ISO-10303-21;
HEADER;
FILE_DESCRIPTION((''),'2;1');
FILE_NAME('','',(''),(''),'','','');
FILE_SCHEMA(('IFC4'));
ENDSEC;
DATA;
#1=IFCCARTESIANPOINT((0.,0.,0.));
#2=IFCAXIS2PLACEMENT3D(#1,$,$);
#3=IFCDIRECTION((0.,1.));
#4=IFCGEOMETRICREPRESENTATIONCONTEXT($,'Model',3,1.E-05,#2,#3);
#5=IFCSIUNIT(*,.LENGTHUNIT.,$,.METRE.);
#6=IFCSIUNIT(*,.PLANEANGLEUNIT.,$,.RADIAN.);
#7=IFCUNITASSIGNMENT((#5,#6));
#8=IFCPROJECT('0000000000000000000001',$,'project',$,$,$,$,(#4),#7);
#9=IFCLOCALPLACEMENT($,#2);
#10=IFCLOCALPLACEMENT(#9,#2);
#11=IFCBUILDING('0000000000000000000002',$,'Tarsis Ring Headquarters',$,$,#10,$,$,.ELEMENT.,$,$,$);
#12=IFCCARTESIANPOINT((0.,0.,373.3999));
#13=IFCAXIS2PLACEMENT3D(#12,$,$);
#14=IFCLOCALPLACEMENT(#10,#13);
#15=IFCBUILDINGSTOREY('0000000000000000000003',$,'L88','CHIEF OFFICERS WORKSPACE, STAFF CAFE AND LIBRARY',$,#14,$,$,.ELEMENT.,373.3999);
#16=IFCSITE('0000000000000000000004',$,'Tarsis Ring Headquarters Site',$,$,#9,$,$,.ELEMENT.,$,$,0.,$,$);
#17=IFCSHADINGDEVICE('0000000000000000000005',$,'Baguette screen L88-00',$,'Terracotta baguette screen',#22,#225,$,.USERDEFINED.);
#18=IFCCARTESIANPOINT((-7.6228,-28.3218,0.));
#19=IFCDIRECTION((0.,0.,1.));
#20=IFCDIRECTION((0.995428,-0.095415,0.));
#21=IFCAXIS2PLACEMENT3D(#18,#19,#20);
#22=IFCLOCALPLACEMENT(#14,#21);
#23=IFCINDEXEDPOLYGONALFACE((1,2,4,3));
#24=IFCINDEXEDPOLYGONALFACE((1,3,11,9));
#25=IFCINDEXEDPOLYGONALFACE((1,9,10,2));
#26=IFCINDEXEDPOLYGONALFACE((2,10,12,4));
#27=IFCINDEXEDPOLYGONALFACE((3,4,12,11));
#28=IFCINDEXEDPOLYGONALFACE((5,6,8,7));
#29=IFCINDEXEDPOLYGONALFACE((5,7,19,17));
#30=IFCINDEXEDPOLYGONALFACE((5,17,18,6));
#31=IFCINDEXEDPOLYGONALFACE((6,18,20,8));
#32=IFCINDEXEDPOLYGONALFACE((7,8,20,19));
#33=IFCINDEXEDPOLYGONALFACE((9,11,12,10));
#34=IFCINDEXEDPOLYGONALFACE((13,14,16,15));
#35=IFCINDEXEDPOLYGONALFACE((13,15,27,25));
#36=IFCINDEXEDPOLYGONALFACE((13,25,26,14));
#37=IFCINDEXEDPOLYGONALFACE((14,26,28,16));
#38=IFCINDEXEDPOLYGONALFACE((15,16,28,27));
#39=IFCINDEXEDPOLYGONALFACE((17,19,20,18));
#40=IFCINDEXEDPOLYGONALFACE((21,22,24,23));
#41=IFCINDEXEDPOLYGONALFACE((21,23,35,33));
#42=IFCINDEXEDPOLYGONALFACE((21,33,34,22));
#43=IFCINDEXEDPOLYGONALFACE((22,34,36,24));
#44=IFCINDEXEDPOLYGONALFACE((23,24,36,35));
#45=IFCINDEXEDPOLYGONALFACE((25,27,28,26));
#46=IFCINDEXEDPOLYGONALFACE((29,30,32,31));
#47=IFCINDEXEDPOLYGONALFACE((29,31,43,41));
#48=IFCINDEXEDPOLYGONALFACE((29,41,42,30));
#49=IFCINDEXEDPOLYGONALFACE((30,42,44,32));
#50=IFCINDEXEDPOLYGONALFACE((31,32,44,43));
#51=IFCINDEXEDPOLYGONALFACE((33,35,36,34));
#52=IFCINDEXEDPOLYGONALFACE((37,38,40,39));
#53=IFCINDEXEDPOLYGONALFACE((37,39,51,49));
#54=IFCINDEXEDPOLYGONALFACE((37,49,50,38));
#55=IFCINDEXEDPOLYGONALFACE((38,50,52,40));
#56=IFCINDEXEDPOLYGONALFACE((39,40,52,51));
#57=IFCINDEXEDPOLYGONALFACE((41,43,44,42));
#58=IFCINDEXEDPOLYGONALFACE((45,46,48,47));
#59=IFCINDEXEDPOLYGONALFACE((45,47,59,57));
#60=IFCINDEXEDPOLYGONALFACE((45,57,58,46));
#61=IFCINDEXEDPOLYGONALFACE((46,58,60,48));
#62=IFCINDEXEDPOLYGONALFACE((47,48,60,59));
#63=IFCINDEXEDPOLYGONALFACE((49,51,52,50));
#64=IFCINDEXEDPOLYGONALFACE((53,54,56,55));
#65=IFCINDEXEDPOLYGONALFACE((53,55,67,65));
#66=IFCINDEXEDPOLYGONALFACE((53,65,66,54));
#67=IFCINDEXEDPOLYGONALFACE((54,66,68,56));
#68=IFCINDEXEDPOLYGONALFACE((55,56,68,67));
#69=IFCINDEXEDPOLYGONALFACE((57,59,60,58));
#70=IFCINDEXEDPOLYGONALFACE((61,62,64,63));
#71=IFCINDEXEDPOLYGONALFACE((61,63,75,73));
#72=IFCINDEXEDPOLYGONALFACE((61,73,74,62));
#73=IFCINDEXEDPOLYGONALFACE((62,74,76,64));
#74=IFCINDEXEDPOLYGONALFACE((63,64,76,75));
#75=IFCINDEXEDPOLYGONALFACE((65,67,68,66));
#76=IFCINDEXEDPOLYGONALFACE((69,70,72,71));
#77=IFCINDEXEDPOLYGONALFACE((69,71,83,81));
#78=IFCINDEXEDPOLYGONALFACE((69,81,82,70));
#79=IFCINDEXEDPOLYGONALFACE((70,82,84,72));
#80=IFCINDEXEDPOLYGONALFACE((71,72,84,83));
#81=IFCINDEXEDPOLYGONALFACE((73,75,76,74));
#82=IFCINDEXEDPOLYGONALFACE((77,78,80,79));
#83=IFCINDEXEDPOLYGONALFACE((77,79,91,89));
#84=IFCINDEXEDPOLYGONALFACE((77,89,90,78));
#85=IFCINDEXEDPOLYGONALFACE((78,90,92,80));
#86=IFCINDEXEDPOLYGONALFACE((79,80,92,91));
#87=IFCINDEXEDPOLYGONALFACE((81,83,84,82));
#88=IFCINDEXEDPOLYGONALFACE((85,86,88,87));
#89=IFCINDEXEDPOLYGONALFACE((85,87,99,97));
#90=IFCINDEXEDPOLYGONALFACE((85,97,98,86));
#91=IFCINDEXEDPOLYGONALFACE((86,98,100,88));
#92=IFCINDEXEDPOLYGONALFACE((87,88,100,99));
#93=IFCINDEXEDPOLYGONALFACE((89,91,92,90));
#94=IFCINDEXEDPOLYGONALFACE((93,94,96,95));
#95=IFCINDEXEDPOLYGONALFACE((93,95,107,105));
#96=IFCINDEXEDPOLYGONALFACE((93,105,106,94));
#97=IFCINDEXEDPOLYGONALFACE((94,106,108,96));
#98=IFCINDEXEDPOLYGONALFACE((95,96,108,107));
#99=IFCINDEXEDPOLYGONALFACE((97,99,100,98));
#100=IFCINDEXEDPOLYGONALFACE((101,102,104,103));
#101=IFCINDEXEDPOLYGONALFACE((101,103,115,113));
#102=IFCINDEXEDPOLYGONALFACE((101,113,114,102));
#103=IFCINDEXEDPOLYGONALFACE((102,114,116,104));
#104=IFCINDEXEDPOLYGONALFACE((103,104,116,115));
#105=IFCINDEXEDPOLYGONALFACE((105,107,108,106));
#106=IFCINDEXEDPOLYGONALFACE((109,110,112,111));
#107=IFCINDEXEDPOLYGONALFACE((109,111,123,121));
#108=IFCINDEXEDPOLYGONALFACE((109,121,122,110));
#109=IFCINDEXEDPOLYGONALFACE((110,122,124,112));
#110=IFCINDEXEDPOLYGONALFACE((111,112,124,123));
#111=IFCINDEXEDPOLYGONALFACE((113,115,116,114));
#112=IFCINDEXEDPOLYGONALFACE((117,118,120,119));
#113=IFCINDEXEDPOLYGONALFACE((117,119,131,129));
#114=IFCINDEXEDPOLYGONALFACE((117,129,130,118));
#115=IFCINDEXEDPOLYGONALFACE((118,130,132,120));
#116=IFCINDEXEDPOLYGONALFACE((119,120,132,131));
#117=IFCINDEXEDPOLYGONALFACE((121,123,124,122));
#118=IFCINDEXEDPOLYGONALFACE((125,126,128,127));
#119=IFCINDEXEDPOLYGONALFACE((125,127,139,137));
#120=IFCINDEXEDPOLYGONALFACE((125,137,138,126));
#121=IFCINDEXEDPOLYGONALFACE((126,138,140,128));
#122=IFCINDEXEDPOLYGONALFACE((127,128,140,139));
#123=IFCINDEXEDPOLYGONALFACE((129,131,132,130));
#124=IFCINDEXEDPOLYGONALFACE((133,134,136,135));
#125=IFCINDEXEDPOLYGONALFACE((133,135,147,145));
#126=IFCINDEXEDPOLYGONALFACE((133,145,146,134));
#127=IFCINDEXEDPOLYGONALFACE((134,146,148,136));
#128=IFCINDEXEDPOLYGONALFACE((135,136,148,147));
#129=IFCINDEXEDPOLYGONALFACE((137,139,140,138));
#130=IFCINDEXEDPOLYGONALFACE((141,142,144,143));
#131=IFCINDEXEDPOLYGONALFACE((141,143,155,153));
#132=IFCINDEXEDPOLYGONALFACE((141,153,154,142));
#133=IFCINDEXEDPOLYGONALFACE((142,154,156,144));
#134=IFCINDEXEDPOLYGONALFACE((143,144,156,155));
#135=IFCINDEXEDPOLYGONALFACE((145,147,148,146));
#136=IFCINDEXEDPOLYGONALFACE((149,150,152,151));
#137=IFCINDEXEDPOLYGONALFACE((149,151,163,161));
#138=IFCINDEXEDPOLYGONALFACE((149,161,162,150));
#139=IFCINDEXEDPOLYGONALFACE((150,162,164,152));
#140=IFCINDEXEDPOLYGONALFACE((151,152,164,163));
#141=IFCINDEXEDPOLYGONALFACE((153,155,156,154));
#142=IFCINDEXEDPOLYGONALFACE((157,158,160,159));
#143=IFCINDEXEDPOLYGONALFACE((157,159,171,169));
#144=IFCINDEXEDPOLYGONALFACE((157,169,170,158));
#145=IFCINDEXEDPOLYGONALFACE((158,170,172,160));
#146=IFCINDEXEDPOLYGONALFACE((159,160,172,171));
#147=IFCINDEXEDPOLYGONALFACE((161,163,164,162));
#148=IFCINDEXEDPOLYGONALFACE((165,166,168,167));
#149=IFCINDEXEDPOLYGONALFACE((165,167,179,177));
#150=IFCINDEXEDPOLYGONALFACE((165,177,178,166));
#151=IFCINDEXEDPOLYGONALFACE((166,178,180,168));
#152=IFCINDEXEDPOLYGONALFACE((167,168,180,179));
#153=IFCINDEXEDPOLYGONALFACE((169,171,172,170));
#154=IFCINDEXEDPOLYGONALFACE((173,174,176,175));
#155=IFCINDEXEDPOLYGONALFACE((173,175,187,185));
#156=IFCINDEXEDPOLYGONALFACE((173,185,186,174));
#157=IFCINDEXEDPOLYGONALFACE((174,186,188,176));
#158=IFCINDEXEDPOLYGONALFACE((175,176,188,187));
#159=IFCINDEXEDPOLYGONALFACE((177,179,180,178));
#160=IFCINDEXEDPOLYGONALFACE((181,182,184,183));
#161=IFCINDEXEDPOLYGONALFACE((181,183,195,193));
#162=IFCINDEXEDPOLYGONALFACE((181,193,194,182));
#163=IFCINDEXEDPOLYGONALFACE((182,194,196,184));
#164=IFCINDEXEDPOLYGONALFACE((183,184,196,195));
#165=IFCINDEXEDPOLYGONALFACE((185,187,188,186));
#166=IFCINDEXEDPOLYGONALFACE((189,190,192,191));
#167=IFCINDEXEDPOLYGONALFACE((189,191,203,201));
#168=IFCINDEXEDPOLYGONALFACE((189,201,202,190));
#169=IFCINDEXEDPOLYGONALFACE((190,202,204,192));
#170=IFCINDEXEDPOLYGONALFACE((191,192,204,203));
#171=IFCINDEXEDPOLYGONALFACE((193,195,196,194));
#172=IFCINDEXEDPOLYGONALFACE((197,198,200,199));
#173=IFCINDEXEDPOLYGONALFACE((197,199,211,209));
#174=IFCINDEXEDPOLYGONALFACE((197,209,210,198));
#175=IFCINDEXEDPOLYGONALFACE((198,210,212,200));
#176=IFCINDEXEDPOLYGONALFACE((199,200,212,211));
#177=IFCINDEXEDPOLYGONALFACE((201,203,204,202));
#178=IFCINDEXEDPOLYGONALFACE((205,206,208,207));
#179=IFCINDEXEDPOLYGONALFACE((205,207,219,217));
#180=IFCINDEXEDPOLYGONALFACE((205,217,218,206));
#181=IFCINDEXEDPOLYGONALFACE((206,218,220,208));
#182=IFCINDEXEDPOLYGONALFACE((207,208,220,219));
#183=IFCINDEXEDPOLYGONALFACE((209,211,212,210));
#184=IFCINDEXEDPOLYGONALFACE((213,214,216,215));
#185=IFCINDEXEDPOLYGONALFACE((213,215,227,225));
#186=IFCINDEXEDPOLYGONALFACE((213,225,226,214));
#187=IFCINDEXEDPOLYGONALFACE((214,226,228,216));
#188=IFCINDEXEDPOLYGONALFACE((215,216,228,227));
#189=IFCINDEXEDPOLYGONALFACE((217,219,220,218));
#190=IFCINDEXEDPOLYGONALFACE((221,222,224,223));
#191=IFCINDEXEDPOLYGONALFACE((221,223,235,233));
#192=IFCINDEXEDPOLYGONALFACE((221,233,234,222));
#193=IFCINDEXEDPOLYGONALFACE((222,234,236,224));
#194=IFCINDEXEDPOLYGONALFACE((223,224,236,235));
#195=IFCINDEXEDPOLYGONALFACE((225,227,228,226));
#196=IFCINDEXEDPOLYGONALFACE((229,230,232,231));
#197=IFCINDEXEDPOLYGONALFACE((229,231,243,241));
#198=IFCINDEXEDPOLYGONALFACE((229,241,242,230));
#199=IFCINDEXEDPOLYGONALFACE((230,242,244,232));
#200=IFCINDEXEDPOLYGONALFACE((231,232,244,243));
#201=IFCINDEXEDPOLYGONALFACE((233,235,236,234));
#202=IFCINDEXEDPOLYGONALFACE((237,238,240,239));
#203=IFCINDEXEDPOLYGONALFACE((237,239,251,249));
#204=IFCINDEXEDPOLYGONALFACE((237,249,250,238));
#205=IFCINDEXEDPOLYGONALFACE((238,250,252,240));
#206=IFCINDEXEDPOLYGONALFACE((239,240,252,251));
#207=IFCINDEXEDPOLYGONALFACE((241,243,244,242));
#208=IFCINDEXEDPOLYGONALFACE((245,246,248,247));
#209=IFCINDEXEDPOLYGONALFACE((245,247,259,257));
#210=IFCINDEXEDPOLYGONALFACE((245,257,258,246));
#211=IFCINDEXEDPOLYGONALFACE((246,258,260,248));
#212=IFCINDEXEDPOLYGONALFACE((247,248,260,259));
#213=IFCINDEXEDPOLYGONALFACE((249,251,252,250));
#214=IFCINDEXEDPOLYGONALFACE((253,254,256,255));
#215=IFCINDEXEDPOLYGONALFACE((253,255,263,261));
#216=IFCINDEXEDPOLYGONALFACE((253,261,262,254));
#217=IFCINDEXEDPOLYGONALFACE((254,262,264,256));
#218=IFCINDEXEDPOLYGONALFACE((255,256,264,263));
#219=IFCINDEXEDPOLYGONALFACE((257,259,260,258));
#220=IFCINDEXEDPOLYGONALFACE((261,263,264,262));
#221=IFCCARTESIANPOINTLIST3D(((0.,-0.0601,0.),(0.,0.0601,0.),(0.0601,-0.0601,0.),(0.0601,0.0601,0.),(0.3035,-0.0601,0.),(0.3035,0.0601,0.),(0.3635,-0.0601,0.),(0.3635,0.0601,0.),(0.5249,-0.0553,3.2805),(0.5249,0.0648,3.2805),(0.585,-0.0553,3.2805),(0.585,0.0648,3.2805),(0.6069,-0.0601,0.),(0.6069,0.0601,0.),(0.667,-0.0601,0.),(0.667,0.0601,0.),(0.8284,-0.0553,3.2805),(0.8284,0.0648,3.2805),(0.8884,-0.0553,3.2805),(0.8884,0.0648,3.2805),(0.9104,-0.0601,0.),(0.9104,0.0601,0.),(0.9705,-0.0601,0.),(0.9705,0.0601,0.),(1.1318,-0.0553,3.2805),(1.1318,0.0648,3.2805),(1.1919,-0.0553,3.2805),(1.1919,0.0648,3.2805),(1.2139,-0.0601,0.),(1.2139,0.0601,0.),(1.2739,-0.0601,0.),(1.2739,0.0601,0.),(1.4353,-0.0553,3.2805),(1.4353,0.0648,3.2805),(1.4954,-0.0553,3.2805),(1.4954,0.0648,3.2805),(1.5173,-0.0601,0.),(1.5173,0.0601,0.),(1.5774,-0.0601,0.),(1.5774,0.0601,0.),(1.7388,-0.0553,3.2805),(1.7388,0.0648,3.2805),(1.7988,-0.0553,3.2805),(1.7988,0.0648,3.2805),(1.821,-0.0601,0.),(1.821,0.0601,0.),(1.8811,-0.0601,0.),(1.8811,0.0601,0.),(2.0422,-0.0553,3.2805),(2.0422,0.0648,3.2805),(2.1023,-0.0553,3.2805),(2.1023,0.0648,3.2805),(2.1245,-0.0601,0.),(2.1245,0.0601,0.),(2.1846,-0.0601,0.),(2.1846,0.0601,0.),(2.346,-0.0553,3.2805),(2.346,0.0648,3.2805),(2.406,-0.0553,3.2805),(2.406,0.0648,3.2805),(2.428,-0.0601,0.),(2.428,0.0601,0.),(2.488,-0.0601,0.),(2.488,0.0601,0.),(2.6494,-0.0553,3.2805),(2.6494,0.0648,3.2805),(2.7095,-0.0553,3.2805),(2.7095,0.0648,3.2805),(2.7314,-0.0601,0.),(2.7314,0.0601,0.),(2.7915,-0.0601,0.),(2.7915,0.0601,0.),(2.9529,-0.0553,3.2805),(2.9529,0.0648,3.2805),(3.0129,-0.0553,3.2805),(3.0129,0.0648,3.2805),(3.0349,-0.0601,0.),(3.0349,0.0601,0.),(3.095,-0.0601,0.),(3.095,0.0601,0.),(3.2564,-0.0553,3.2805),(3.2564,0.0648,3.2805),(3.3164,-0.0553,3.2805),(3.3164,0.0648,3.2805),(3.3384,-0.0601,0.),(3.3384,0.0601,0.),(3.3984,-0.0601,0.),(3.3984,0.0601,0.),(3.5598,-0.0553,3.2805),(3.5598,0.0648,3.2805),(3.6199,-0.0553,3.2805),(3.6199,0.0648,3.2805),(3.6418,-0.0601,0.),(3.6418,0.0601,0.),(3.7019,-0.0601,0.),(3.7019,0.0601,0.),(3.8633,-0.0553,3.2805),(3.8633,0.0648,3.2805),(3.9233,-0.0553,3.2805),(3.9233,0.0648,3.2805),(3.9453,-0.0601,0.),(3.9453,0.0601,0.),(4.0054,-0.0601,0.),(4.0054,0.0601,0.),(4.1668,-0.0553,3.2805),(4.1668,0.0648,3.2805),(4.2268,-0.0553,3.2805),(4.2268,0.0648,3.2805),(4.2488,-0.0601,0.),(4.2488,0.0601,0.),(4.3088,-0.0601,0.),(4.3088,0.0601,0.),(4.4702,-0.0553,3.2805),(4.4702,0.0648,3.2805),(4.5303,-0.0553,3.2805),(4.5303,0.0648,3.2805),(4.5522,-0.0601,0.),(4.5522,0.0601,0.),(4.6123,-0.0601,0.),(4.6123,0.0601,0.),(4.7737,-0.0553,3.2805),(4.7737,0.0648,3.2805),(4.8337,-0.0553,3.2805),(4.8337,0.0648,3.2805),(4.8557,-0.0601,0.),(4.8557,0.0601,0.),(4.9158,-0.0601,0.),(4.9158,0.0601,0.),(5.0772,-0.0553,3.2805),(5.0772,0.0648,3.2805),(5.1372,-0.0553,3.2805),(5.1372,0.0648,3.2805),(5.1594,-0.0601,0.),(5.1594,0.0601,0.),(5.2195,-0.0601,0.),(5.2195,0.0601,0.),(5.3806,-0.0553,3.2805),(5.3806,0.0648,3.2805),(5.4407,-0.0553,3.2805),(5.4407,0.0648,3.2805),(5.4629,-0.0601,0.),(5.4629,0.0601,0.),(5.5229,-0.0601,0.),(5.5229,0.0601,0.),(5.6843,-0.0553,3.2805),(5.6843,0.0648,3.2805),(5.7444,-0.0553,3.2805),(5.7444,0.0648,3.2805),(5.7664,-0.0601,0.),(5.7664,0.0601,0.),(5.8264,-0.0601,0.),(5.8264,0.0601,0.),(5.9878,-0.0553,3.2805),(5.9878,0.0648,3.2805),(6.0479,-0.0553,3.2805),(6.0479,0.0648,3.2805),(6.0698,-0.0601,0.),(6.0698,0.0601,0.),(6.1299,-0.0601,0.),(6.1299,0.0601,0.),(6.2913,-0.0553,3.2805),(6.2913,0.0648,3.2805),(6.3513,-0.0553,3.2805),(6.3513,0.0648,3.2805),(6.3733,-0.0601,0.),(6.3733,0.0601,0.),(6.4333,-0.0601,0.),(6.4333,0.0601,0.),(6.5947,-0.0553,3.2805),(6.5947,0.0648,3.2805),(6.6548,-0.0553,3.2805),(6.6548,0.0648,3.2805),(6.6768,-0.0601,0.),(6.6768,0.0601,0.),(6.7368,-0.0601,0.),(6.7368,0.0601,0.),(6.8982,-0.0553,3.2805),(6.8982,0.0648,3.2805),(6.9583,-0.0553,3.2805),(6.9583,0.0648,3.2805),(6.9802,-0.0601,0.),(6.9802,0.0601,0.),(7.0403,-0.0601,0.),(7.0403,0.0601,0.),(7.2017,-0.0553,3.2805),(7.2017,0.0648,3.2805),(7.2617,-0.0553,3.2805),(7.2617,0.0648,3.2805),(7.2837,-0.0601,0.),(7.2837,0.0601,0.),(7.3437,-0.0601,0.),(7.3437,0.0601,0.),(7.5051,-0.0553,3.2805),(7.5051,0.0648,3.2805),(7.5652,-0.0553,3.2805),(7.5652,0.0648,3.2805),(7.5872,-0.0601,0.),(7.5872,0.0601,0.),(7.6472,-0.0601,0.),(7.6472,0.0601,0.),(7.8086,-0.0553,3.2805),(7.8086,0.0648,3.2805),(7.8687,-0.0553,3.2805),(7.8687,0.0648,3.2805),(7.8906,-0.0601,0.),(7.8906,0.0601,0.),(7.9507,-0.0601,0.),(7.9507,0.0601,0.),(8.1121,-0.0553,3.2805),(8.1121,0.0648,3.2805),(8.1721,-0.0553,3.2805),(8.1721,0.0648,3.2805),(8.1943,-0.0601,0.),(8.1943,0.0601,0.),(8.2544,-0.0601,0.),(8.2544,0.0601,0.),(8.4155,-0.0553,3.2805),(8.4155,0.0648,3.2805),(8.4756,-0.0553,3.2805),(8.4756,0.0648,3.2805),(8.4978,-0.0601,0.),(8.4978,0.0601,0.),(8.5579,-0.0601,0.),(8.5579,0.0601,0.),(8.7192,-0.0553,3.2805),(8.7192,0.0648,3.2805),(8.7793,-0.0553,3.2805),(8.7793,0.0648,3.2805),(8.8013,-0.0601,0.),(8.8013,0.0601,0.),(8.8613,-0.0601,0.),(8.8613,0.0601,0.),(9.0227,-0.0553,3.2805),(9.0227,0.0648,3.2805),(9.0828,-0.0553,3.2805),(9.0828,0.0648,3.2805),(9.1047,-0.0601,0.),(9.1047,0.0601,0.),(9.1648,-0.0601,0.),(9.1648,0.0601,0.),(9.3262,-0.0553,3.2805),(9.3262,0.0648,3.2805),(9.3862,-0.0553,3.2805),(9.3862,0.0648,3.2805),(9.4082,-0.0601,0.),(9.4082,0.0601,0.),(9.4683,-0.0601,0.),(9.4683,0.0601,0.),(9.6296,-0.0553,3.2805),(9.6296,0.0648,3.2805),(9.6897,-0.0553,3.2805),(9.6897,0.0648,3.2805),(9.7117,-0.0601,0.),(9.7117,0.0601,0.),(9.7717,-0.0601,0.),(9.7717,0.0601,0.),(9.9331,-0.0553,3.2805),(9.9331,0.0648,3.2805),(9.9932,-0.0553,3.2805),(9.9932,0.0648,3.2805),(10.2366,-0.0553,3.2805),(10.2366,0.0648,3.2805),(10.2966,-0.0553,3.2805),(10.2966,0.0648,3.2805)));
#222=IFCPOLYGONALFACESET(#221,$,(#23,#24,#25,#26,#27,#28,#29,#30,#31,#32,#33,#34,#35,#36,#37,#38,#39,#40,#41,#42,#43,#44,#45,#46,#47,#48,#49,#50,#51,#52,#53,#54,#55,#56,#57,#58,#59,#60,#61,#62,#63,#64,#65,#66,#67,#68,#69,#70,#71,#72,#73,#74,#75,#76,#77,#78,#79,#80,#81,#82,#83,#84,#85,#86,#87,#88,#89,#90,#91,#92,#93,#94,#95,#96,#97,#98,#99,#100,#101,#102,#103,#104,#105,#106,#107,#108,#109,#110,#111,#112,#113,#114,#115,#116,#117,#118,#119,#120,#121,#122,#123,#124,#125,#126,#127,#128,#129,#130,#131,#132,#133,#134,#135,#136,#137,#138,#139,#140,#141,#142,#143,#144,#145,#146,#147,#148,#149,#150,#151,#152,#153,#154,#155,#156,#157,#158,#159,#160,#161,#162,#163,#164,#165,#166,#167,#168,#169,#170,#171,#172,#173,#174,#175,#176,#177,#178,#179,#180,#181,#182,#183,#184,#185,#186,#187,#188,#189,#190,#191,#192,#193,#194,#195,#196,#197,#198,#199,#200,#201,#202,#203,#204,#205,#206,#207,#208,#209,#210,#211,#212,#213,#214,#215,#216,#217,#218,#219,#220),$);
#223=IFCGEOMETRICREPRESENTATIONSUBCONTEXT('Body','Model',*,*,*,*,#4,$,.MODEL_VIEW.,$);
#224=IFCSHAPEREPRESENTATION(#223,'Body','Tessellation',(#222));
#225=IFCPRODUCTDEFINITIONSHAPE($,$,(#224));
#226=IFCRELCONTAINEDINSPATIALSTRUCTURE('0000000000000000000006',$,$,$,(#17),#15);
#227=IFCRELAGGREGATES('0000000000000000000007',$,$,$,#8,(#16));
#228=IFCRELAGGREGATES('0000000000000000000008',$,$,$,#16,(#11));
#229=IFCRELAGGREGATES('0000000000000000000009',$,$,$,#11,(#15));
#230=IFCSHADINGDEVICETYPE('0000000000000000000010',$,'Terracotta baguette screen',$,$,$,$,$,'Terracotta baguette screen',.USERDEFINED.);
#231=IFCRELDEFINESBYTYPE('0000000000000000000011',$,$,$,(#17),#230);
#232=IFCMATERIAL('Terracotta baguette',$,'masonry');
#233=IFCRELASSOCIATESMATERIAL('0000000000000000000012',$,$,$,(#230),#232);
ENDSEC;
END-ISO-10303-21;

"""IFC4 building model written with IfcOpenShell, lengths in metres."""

from ifc_helpers import new_model, si_unit, direction, frame, frame_2d, origin, place, context, subcontext, project, spatial, rectangle, composite_profile, extrude, material, type_object, element, save


model = new_model("IFC4")

# Units and contexts
model_context = context("Model", 3, precision=1e-05, world=origin(), true_north=direction((0.0, 1.0)))
body_context = subcontext(model_context, "Body", "Model", "MODEL_VIEW")
ifc_project = project(units=[si_unit("LENGTHUNIT", "METRE"), si_unit("PLANEANGLEUNIT", "RADIAN")], contexts=[model_context])

# Site, building, storey
site_placement = place(None, origin())
site = spatial("IfcSite", under=ifc_project, at=site_placement, Name="Tarsis Ring Headquarters Site", CompositionType="ELEMENT", RefElevation=0.0)
building_placement = place(site_placement, origin())
building = spatial("IfcBuilding", under=site, at=building_placement, Name="Tarsis Ring Headquarters", CompositionType="ELEMENT")
storey_placement = place(building_placement, frame((0.0, 0.0, 373.3999)))
storey = spatial("IfcBuildingStorey", under=building, at=storey_placement, Name="L88", Description="CHIEF OFFICERS WORKSPACE, STAFF CAFE AND LIBRARY", CompositionType="ELEMENT", Elevation=373.3999)

# Shading device
ifc_material_1 = material(Name="Terracotta baguette", Category="masonry")
shading_device_type = type_object("IfcShadingDeviceType", Name="Terracotta baguette screen", ElementType="Terracotta baguette screen", PredefinedType="USERDEFINED", material=ifc_material_1)
shading_device_1_placement = place(storey_placement, frame((-7.6228, -28.3218, 0.0), z_axis=(0.0, 0.0, 1.0), x_axis=(0.995428, -0.095415, 0.0)))
element("IfcShadingDevice", 1, at=shading_device_1_placement, inside=storey, type_object=shading_device_type, Name="Baguette screen L88-00", ObjectType="Terracotta baguette screen", PredefinedType="USERDEFINED", context=body_context, shape_type="SweptSolid", body=[
    extrude(composite_profile([rectangle(XDim=0.0601, YDim=0.1201, at=frame_2d((0.03, 0.0))), rectangle(XDim=0.0601, YDim=0.1201, at=frame_2d((0.3335, 0.0))), rectangle(XDim=0.0601, YDim=0.1201, at=frame_2d((0.637, 0.0))), rectangle(XDim=0.0601, YDim=0.1201, at=frame_2d((0.9404, 0.0))), rectangle(XDim=0.0601, YDim=0.1201, at=frame_2d((1.2439, 0.0))), rectangle(XDim=0.0601, YDim=0.1201, at=frame_2d((1.5474, 0.0))), rectangle(XDim=0.0601, YDim=0.1201, at=frame_2d((1.8511, 0.0))), rectangle(XDim=0.0601, YDim=0.1201, at=frame_2d((2.1545, 0.0))), rectangle(XDim=0.0601, YDim=0.1201, at=frame_2d((2.458, 0.0))), rectangle(XDim=0.0601, YDim=0.1201, at=frame_2d((2.7615, 0.0))), rectangle(XDim=0.0601, YDim=0.1201, at=frame_2d((3.0649, 0.0))), rectangle(XDim=0.0601, YDim=0.1201, at=frame_2d((3.3684, 0.0))), rectangle(XDim=0.0601, YDim=0.1201, at=frame_2d((3.6719, 0.0))), rectangle(XDim=0.0601, YDim=0.1201, at=frame_2d((3.9753, 0.0))), rectangle(XDim=0.0601, YDim=0.1201, at=frame_2d((4.2788, 0.0))), rectangle(XDim=0.0601, YDim=0.1201, at=frame_2d((4.5823, 0.0))), rectangle(XDim=0.0601, YDim=0.1201, at=frame_2d((4.8857, 0.0))), rectangle(XDim=0.0601, YDim=0.1201, at=frame_2d((5.1895, 0.0))), rectangle(XDim=0.0601, YDim=0.1201, at=frame_2d((5.4929, 0.0))), rectangle(XDim=0.0601, YDim=0.1201, at=frame_2d((5.7964, 0.0))), rectangle(XDim=0.0601, YDim=0.1201, at=frame_2d((6.0999, 0.0))), rectangle(XDim=0.0601, YDim=0.1201, at=frame_2d((6.4033, 0.0))), rectangle(XDim=0.0601, YDim=0.1201, at=frame_2d((6.7068, 0.0))), rectangle(XDim=0.0601, YDim=0.1201, at=frame_2d((7.0103, 0.0))), rectangle(XDim=0.0601, YDim=0.1201, at=frame_2d((7.3137, 0.0))), rectangle(XDim=0.0601, YDim=0.1201, at=frame_2d((7.6172, 0.0))), rectangle(XDim=0.0601, YDim=0.1201, at=frame_2d((7.9207, 0.0))), rectangle(XDim=0.0601, YDim=0.1201, at=frame_2d((8.2244, 0.0))), rectangle(XDim=0.0601, YDim=0.1201, at=frame_2d((8.5278, 0.0))), rectangle(XDim=0.0601, YDim=0.1201, at=frame_2d((8.8313, 0.0))), rectangle(XDim=0.0601, YDim=0.1201, at=frame_2d((9.1348, 0.0))), rectangle(XDim=0.0601, YDim=0.1201, at=frame_2d((9.4382, 0.0))), rectangle(XDim=0.0601, YDim=0.1201, at=frame_2d((9.7417, 0.0)))]), origin(), (0.157996, 0.001435, 0.987439), 3.3223),
])

save(model, "model.ifc")
